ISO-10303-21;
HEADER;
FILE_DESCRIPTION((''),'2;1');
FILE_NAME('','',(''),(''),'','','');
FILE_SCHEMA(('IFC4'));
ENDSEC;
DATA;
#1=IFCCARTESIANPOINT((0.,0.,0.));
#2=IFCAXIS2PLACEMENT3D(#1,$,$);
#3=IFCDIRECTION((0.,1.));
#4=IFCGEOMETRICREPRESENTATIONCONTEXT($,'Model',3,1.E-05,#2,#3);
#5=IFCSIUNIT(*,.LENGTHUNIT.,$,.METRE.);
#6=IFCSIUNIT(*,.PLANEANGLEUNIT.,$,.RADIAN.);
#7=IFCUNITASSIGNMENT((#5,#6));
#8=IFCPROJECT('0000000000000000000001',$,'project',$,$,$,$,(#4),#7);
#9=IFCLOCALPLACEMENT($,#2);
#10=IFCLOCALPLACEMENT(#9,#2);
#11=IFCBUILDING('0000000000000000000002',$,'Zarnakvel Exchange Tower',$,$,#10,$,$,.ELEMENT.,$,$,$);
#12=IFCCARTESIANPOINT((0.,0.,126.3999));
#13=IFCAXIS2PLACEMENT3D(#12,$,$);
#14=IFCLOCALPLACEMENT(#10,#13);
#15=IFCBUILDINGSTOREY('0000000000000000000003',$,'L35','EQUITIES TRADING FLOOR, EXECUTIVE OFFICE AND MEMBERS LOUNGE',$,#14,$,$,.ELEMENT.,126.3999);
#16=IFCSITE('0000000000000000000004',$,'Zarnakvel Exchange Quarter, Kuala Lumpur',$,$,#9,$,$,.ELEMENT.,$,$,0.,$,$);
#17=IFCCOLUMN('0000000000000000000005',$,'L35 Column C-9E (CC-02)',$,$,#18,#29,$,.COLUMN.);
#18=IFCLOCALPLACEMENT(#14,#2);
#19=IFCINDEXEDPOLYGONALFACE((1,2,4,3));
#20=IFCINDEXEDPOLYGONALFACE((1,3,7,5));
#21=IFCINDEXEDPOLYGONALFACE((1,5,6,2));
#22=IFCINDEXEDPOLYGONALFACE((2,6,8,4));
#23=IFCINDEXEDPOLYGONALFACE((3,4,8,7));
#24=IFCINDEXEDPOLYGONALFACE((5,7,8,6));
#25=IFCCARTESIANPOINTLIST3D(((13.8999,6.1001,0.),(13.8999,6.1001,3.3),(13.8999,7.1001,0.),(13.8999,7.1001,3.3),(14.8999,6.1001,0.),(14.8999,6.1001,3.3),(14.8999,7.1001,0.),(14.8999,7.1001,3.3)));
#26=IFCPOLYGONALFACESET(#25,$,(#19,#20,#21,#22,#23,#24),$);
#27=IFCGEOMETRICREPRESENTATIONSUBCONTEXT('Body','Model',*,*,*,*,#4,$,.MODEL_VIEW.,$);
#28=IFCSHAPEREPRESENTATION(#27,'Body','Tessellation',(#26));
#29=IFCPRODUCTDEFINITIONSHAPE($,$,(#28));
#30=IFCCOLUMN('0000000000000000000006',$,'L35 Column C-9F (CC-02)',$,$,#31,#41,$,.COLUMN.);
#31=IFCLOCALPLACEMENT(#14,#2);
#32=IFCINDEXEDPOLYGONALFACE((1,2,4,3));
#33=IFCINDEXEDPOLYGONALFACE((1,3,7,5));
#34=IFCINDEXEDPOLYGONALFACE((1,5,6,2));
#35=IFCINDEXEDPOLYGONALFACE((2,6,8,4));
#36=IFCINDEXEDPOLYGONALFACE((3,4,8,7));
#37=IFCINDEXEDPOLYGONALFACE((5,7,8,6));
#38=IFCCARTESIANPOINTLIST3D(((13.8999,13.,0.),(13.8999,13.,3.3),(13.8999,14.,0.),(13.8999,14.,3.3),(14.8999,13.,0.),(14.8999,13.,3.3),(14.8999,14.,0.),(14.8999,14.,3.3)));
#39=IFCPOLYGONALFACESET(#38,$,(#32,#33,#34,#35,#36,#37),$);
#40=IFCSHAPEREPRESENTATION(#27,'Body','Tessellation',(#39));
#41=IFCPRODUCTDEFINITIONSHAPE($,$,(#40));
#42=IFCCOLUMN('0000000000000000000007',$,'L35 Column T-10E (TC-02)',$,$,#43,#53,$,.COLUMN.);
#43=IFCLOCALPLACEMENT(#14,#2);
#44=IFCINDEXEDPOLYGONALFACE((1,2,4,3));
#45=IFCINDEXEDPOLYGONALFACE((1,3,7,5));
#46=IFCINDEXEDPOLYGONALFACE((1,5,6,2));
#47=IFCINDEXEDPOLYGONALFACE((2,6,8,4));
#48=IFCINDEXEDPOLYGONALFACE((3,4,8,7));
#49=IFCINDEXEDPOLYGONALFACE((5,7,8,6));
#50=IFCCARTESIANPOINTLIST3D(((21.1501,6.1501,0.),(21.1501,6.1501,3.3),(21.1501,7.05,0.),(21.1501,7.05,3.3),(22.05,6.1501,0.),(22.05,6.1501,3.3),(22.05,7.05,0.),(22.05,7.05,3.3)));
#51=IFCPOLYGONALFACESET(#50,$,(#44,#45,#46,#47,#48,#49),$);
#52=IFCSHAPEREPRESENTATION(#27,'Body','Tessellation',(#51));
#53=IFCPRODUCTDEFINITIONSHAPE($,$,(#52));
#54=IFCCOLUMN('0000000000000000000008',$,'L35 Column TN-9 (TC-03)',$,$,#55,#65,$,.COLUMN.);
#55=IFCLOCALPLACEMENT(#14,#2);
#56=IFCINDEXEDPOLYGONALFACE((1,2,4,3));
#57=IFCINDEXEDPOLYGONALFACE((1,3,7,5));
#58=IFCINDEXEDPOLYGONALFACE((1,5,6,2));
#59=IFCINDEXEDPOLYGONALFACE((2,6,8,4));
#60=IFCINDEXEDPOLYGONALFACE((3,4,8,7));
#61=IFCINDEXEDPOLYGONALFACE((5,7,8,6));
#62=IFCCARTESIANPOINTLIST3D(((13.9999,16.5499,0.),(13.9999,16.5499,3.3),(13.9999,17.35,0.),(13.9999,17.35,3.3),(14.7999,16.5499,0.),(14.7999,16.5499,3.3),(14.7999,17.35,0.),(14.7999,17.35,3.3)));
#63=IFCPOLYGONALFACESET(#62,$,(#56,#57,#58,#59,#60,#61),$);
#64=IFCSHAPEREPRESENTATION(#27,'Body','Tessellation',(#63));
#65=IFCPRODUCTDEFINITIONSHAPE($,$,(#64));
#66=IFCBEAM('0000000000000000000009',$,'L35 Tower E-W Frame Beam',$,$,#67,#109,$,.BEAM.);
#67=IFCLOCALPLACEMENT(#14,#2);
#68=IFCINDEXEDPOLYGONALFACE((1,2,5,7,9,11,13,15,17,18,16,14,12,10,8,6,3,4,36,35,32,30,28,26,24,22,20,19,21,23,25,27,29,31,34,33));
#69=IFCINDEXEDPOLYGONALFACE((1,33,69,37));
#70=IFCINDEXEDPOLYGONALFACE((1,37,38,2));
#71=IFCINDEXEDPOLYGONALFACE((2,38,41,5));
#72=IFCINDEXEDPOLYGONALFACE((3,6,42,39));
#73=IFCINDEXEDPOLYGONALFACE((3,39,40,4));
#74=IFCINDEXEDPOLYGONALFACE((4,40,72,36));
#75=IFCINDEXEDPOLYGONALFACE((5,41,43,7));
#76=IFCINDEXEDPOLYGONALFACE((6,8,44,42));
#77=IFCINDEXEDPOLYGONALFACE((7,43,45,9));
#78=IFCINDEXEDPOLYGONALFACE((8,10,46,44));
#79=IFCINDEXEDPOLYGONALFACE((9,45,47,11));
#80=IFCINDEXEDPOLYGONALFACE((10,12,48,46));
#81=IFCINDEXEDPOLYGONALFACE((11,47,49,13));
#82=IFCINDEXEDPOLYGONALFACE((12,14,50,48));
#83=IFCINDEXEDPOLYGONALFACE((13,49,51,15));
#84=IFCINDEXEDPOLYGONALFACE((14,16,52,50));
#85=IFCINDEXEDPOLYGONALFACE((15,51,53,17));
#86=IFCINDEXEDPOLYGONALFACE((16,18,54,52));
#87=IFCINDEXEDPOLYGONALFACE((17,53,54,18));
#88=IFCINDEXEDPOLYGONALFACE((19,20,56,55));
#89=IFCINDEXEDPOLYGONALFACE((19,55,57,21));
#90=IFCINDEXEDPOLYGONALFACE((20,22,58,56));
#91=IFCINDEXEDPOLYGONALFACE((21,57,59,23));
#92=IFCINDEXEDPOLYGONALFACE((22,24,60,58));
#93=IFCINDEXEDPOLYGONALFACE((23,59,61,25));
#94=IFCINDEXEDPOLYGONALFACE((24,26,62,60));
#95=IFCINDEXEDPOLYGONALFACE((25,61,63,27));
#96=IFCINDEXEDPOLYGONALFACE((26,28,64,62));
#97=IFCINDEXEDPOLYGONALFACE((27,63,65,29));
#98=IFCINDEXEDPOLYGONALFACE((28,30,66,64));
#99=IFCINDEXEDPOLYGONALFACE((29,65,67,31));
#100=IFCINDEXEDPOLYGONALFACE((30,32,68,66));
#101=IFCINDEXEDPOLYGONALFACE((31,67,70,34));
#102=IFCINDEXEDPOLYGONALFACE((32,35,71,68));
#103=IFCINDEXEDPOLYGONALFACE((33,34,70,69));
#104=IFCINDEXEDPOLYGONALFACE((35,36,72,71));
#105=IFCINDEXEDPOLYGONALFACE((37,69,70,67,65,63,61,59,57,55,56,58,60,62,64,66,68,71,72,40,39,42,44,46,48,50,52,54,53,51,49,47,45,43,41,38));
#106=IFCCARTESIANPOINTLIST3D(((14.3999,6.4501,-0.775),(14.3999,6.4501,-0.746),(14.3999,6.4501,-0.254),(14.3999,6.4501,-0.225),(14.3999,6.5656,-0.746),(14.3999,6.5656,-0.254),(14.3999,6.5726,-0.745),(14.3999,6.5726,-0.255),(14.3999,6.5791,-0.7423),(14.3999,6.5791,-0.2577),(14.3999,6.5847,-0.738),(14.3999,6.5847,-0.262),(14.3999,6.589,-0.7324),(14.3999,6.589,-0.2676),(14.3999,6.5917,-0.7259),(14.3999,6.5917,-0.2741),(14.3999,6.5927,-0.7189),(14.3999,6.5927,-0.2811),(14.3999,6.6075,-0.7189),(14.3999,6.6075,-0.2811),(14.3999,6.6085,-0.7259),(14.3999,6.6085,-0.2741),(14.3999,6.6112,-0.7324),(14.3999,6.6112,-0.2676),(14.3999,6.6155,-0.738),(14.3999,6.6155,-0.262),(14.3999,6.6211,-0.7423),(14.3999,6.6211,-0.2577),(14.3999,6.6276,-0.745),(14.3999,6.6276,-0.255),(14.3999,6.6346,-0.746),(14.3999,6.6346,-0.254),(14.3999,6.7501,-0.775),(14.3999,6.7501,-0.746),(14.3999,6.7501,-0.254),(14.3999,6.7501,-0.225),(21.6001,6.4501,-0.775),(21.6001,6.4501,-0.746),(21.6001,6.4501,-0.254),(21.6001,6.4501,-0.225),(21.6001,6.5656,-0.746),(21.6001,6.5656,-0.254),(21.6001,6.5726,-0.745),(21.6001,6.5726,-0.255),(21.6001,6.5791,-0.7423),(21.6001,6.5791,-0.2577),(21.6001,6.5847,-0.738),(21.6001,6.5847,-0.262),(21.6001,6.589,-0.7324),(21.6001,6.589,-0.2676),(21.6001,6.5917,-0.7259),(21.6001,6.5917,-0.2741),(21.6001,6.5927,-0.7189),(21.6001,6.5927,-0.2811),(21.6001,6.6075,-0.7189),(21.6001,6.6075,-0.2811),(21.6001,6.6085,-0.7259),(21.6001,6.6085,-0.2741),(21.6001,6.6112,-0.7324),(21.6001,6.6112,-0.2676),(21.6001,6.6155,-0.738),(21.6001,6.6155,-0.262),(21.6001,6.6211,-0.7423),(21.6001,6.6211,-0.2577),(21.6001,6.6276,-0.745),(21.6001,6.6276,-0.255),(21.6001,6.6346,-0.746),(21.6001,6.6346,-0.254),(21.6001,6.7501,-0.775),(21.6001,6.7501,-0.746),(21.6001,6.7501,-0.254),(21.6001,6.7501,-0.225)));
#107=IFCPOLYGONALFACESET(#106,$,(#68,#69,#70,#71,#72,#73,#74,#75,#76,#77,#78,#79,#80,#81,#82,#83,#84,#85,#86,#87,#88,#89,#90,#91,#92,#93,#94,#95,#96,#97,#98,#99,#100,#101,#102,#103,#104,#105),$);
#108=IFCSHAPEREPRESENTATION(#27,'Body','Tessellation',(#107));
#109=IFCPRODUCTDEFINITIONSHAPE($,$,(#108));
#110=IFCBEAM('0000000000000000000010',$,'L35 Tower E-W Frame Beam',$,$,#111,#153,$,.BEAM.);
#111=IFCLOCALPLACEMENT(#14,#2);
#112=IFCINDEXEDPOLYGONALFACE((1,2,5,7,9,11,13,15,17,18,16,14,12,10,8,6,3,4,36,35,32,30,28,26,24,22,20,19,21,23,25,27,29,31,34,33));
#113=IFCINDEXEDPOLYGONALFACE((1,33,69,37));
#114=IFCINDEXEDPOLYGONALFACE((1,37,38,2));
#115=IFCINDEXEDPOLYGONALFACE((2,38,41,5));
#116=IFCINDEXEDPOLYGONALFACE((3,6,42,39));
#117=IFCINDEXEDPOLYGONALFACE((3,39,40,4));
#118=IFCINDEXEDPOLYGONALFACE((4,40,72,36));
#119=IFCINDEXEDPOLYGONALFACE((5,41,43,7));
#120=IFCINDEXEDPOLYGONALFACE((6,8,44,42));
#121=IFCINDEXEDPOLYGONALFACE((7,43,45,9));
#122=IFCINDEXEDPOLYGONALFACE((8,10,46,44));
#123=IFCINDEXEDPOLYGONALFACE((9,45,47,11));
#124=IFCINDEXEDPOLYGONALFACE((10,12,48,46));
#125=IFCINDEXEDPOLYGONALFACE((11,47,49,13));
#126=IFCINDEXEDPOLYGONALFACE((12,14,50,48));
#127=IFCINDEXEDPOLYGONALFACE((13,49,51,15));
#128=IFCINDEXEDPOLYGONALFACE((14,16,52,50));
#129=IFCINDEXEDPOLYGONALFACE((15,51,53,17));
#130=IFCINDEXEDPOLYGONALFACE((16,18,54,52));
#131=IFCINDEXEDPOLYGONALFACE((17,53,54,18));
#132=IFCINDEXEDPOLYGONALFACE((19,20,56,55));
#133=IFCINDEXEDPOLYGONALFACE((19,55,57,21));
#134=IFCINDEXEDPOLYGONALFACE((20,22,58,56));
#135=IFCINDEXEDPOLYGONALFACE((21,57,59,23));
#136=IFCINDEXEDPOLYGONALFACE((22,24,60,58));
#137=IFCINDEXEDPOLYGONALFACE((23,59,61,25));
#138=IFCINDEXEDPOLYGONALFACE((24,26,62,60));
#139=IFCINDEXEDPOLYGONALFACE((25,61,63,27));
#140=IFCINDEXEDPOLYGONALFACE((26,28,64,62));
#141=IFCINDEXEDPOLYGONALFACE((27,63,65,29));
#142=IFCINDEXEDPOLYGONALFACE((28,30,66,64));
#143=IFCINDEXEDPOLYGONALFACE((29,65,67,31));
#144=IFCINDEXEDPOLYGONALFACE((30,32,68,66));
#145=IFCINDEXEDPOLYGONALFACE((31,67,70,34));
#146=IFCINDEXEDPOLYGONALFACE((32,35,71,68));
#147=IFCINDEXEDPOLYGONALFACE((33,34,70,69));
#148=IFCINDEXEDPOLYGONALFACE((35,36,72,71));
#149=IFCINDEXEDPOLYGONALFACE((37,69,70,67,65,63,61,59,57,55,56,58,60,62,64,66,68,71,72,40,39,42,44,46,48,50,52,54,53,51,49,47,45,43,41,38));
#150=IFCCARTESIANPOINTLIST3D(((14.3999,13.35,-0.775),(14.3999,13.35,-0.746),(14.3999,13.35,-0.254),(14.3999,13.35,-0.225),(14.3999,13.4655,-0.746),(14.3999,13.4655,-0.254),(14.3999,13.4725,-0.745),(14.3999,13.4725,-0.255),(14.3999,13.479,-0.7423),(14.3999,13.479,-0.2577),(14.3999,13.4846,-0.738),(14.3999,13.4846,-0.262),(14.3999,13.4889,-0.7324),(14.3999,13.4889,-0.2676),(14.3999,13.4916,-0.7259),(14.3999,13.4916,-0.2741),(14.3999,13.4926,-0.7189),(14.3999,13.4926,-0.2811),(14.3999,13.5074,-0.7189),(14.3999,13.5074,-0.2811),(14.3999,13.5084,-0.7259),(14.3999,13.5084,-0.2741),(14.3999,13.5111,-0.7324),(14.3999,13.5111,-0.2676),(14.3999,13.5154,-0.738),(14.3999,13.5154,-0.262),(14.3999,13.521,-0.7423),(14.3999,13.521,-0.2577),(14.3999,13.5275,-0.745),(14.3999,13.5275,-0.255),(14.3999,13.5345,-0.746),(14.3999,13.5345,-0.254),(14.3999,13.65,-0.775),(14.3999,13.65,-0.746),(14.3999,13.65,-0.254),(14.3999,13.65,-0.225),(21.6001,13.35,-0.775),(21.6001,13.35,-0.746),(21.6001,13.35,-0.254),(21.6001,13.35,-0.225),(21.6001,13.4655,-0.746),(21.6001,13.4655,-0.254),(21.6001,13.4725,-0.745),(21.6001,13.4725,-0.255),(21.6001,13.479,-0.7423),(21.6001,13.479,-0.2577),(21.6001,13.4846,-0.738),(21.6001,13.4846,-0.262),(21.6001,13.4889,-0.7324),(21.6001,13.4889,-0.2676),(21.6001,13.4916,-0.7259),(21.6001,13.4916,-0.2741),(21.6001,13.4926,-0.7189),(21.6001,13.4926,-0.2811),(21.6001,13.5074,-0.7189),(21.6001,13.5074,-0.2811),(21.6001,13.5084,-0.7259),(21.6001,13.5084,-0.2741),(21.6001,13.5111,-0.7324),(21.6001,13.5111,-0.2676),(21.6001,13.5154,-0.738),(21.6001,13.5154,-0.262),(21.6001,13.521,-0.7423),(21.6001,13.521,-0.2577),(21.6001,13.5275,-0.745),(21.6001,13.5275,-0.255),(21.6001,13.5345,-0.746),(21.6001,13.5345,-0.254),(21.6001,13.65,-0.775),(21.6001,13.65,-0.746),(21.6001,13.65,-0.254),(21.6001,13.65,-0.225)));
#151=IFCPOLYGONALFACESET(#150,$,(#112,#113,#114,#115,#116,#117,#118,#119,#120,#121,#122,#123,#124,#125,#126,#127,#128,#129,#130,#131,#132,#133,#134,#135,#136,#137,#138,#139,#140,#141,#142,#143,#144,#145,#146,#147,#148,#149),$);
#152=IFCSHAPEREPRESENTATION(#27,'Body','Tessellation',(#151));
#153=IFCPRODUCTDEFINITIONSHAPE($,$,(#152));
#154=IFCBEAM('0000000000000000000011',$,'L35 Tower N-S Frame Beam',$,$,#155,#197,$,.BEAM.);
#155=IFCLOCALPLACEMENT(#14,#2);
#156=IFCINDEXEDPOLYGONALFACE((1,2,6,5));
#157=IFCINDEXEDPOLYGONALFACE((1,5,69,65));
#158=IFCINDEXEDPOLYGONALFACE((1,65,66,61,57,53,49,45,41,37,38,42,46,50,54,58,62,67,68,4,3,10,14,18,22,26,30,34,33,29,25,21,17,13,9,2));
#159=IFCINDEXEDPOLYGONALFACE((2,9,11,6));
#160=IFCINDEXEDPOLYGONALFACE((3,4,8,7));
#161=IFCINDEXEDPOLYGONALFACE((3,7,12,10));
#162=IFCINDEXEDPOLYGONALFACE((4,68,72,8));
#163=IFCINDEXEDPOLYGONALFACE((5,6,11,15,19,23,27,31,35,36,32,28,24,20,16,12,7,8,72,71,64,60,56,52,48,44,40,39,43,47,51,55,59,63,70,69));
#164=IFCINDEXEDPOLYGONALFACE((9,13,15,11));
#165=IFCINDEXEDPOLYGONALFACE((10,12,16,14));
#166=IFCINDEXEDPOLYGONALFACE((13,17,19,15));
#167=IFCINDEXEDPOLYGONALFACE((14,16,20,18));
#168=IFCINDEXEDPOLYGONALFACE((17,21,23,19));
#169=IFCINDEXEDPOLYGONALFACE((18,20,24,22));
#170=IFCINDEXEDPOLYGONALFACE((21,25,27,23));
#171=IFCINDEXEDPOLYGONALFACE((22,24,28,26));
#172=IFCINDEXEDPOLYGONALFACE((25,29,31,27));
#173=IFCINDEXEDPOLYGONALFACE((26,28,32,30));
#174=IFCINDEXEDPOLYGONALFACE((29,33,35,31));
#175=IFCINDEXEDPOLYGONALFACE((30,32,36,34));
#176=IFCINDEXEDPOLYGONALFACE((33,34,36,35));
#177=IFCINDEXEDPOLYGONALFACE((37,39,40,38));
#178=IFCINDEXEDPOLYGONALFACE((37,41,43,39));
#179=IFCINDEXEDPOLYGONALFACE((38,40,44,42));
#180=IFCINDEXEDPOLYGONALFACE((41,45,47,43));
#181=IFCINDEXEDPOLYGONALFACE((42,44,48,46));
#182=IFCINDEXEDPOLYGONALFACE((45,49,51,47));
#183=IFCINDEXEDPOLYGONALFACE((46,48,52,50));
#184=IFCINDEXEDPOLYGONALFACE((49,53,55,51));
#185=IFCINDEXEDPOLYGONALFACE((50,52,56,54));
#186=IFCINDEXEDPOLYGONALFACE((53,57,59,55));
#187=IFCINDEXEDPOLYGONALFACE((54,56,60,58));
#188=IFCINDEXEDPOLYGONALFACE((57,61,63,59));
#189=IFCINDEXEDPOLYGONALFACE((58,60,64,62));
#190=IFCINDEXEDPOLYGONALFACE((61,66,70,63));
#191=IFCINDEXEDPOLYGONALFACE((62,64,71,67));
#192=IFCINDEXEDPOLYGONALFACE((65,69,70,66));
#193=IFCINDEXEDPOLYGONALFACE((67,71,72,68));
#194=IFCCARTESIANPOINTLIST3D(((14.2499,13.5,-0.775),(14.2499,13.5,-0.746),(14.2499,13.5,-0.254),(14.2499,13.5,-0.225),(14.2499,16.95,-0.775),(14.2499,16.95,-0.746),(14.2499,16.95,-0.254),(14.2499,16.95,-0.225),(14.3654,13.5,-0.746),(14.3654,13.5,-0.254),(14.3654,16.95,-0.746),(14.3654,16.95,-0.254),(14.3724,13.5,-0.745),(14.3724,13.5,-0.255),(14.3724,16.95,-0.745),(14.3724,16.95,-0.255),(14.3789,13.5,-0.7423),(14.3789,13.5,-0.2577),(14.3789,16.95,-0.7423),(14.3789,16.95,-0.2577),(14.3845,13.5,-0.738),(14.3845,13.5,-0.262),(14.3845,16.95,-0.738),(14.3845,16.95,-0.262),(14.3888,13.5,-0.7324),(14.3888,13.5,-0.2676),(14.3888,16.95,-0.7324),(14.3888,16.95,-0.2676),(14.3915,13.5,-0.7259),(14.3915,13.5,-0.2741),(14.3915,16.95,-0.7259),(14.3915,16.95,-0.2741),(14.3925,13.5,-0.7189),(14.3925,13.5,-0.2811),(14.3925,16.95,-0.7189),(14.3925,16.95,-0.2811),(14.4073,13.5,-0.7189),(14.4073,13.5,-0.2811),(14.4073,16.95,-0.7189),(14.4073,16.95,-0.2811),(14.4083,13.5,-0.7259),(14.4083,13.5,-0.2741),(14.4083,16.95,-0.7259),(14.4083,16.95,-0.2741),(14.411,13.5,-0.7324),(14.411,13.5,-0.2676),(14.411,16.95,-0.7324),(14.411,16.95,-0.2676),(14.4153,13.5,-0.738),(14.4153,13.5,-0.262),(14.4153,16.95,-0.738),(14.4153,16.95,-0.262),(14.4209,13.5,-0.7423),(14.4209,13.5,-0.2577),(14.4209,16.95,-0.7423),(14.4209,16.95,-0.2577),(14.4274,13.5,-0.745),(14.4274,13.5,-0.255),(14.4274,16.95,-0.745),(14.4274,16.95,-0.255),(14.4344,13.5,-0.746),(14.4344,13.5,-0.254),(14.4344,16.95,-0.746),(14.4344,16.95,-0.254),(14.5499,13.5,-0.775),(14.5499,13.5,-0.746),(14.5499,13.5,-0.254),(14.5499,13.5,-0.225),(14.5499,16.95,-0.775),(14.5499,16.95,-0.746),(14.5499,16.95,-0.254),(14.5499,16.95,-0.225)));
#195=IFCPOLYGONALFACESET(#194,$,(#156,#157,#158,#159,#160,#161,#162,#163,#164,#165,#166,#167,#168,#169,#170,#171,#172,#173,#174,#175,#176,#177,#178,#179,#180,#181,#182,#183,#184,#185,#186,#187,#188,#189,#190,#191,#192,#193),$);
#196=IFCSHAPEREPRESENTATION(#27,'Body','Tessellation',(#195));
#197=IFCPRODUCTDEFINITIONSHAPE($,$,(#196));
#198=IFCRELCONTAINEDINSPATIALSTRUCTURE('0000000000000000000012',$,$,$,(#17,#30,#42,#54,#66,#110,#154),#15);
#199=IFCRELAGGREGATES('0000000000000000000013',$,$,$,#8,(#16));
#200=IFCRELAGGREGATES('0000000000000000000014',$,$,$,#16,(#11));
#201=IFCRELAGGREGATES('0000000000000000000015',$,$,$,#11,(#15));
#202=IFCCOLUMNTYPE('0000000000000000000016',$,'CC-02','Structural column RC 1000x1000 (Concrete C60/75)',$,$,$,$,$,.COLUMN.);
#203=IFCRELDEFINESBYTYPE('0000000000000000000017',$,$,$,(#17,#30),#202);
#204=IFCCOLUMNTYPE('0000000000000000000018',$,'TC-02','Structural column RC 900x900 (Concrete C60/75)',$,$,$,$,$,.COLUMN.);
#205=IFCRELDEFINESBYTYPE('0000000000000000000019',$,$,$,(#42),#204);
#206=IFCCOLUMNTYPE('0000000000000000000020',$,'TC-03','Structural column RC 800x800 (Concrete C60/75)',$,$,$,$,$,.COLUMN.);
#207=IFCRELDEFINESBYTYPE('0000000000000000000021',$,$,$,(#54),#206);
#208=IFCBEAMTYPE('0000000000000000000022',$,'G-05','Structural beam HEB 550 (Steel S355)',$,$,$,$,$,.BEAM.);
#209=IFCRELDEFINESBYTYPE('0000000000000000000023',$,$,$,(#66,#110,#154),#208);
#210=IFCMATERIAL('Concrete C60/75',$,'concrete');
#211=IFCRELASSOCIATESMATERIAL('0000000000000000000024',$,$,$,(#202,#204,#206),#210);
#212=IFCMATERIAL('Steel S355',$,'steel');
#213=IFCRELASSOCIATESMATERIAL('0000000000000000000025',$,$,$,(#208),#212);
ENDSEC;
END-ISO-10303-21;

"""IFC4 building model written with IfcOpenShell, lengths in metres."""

from ifc_helpers import new_model, si_unit, direction, frame, origin, origin_2d, place, context, subcontext, project, spatial, rectangle, i_section, extrude, material, material_profile, profile_set, type_object, element, save


model = new_model("IFC4")

# Units and contexts
model_context = context("Model", 3, precision=1e-05, world=origin(), true_north=direction((0.0, 1.0)))
body_context = subcontext(model_context, "Body", "Model", "MODEL_VIEW")
ifc_project = project(units=[si_unit("LENGTHUNIT", "METRE"), si_unit("PLANEANGLEUNIT", "RADIAN")], contexts=[model_context])

# Site, building, storey
site_placement = place(None, origin())
site = spatial("IfcSite", under=ifc_project, at=site_placement, Name="Zarnakvel Exchange Quarter, Kuala Lumpur", CompositionType="ELEMENT", RefElevation=0.0)
building_placement = place(site_placement, origin())
building = spatial("IfcBuilding", under=site, at=building_placement, Name="Zarnakvel Exchange Tower", CompositionType="ELEMENT")
storey_placement = place(building_placement, frame((0.0, 0.0, 126.3999)))
storey = spatial("IfcBuildingStorey", under=building, at=storey_placement, Name="L35", Description="EQUITIES TRADING FLOOR, EXECUTIVE OFFICE AND MEMBERS LOUNGE", CompositionType="ELEMENT", Elevation=126.3999)

# Columns
ifc_material_1 = material(Name="Concrete C60/75", Category="concrete")
ifc_material_profile_1 = material_profile(ifc_material_1, rectangle(XDim=1.0, YDim=1.0, at=origin_2d()))
ifc_profile_set_1 = profile_set([ifc_material_profile_1], Name="Concrete C60/75")
column_type_1 = type_object("IfcColumnType", Name="CC-02", Description="Structural column RC 1000x1000 (Concrete C60/75)", PredefinedType="COLUMN", material=ifc_profile_set_1)
for number, where, z_axis, x_axis, name in (
    (1, (14.3999, 6.6001, 0.0), (0.0, 0.0, 1.0), (1.0, 0.0, 0.0), "L35 Column C-9E (CC-02)"),
    (2, (14.3999, 13.5, 0.0), (0.0, 0.0, 1.0), (1.0, 0.0, 0.0), "L35 Column C-9F (CC-02)"),
):
    element("IfcColumn", number, at=place(storey_placement, frame(where, z_axis=z_axis, x_axis=x_axis)), inside=storey, type_object=column_type_1, Name=name, PredefinedType="COLUMN", context=body_context, shape_type="SweptSolid", body=[
        extrude(rectangle(XDim=1.0, YDim=1.0, at=origin_2d()), origin(), (0.0, 0.0, 1.0), 3.3),
    ])
ifc_material_profile_2 = material_profile(ifc_material_1, rectangle(XDim=0.8999, YDim=0.8999, at=origin_2d()))
ifc_profile_set_2 = profile_set([ifc_material_profile_2], Name="Concrete C60/75")
column_type_2 = type_object("IfcColumnType", Name="TC-02", Description="Structural column RC 900x900 (Concrete C60/75)", PredefinedType="COLUMN", material=ifc_profile_set_2)
column_1_placement = place(storey_placement, frame((21.6001, 6.6001, 0.0), z_axis=(0.0, 0.0, 1.0), x_axis=(1.0, 0.0, 0.0)))
element("IfcColumn", 3, at=column_1_placement, inside=storey, type_object=column_type_2, Name="L35 Column T-10E (TC-02)", PredefinedType="COLUMN", context=body_context, shape_type="SweptSolid", body=[
    extrude(rectangle(XDim=0.8999, YDim=0.8999, at=origin_2d()), origin(), (0.0, 0.0, 1.0), 3.3),
])
ifc_material_profile_3 = material_profile(ifc_material_1, rectangle(XDim=0.8, YDim=0.8, at=origin_2d()))
ifc_profile_set_3 = profile_set([ifc_material_profile_3], Name="Concrete C60/75")
column_type_3 = type_object("IfcColumnType", Name="TC-03", Description="Structural column RC 800x800 (Concrete C60/75)", PredefinedType="COLUMN", material=ifc_profile_set_3)
column_2_placement = place(storey_placement, frame((14.3999, 16.95, 0.0), z_axis=(0.0, 0.0, 1.0), x_axis=(1.0, 0.0, 0.0)))
element("IfcColumn", 4, at=column_2_placement, inside=storey, type_object=column_type_3, Name="L35 Column TN-9 (TC-03)", PredefinedType="COLUMN", context=body_context, shape_type="SweptSolid", body=[
    extrude(rectangle(XDim=0.8, YDim=0.8, at=origin_2d()), origin(), (0.0, 0.0, 1.0), 3.3),
])

# Beams
ifc_material_2 = material(Name="Steel S355", Category="steel")
ifc_material_profile_4 = material_profile(ifc_material_2, i_section(OverallWidth=0.3, OverallDepth=0.55, WebThickness=0.0149, FlangeThickness=0.0291, FilletRadius=0.0271, at=origin_2d()))
ifc_profile_set_4 = profile_set([ifc_material_profile_4], Name="Steel S355")
beam_type_1 = type_object("IfcBeamType", Name="G-05", Description="Structural beam HEB 550 (Steel S355)", PredefinedType="BEAM", material=ifc_profile_set_4)
for number, where, z_axis, x_axis, name in (
    (5, (14.3999, 6.6001, -0.5), (1.0, 0.0, 0.0), (0.0, 1.0, 0.0), "L35 Tower E-W Frame Beam"),
    (6, (14.3999, 13.5, -0.5), (1.0, 0.0, 0.0), (0.0, 1.0, 0.0), "L35 Tower E-W Frame Beam"),
):
    element("IfcBeam", number, at=place(storey_placement, frame(where, z_axis=z_axis, x_axis=x_axis)), inside=storey, type_object=beam_type_1, Name=name, PredefinedType="BEAM", context=body_context, shape_type="SweptSolid", body=[
        extrude(i_section(OverallWidth=0.3, OverallDepth=0.55, WebThickness=0.0149, FlangeThickness=0.0291, FilletRadius=0.0271, at=origin_2d()), origin(), (0.0, 0.0, 1.0), 7.2002),
    ])
beam_1_placement = place(storey_placement, frame((14.3999, 13.5, -0.5), z_axis=(0.0, 1.0, 0.0), x_axis=(-1.0, 0.0, 0.0)))
element("IfcBeam", 7, at=beam_1_placement, inside=storey, type_object=beam_type_1, Name="L35 Tower N-S Frame Beam", PredefinedType="BEAM", context=body_context, shape_type="SweptSolid", body=[
    extrude(i_section(OverallWidth=0.3, OverallDepth=0.55, WebThickness=0.0149, FlangeThickness=0.0291, FilletRadius=0.0271, at=origin_2d()), origin(), (0.0, 0.0, 1.0), 3.45),
])

save(model, "model.ifc")
